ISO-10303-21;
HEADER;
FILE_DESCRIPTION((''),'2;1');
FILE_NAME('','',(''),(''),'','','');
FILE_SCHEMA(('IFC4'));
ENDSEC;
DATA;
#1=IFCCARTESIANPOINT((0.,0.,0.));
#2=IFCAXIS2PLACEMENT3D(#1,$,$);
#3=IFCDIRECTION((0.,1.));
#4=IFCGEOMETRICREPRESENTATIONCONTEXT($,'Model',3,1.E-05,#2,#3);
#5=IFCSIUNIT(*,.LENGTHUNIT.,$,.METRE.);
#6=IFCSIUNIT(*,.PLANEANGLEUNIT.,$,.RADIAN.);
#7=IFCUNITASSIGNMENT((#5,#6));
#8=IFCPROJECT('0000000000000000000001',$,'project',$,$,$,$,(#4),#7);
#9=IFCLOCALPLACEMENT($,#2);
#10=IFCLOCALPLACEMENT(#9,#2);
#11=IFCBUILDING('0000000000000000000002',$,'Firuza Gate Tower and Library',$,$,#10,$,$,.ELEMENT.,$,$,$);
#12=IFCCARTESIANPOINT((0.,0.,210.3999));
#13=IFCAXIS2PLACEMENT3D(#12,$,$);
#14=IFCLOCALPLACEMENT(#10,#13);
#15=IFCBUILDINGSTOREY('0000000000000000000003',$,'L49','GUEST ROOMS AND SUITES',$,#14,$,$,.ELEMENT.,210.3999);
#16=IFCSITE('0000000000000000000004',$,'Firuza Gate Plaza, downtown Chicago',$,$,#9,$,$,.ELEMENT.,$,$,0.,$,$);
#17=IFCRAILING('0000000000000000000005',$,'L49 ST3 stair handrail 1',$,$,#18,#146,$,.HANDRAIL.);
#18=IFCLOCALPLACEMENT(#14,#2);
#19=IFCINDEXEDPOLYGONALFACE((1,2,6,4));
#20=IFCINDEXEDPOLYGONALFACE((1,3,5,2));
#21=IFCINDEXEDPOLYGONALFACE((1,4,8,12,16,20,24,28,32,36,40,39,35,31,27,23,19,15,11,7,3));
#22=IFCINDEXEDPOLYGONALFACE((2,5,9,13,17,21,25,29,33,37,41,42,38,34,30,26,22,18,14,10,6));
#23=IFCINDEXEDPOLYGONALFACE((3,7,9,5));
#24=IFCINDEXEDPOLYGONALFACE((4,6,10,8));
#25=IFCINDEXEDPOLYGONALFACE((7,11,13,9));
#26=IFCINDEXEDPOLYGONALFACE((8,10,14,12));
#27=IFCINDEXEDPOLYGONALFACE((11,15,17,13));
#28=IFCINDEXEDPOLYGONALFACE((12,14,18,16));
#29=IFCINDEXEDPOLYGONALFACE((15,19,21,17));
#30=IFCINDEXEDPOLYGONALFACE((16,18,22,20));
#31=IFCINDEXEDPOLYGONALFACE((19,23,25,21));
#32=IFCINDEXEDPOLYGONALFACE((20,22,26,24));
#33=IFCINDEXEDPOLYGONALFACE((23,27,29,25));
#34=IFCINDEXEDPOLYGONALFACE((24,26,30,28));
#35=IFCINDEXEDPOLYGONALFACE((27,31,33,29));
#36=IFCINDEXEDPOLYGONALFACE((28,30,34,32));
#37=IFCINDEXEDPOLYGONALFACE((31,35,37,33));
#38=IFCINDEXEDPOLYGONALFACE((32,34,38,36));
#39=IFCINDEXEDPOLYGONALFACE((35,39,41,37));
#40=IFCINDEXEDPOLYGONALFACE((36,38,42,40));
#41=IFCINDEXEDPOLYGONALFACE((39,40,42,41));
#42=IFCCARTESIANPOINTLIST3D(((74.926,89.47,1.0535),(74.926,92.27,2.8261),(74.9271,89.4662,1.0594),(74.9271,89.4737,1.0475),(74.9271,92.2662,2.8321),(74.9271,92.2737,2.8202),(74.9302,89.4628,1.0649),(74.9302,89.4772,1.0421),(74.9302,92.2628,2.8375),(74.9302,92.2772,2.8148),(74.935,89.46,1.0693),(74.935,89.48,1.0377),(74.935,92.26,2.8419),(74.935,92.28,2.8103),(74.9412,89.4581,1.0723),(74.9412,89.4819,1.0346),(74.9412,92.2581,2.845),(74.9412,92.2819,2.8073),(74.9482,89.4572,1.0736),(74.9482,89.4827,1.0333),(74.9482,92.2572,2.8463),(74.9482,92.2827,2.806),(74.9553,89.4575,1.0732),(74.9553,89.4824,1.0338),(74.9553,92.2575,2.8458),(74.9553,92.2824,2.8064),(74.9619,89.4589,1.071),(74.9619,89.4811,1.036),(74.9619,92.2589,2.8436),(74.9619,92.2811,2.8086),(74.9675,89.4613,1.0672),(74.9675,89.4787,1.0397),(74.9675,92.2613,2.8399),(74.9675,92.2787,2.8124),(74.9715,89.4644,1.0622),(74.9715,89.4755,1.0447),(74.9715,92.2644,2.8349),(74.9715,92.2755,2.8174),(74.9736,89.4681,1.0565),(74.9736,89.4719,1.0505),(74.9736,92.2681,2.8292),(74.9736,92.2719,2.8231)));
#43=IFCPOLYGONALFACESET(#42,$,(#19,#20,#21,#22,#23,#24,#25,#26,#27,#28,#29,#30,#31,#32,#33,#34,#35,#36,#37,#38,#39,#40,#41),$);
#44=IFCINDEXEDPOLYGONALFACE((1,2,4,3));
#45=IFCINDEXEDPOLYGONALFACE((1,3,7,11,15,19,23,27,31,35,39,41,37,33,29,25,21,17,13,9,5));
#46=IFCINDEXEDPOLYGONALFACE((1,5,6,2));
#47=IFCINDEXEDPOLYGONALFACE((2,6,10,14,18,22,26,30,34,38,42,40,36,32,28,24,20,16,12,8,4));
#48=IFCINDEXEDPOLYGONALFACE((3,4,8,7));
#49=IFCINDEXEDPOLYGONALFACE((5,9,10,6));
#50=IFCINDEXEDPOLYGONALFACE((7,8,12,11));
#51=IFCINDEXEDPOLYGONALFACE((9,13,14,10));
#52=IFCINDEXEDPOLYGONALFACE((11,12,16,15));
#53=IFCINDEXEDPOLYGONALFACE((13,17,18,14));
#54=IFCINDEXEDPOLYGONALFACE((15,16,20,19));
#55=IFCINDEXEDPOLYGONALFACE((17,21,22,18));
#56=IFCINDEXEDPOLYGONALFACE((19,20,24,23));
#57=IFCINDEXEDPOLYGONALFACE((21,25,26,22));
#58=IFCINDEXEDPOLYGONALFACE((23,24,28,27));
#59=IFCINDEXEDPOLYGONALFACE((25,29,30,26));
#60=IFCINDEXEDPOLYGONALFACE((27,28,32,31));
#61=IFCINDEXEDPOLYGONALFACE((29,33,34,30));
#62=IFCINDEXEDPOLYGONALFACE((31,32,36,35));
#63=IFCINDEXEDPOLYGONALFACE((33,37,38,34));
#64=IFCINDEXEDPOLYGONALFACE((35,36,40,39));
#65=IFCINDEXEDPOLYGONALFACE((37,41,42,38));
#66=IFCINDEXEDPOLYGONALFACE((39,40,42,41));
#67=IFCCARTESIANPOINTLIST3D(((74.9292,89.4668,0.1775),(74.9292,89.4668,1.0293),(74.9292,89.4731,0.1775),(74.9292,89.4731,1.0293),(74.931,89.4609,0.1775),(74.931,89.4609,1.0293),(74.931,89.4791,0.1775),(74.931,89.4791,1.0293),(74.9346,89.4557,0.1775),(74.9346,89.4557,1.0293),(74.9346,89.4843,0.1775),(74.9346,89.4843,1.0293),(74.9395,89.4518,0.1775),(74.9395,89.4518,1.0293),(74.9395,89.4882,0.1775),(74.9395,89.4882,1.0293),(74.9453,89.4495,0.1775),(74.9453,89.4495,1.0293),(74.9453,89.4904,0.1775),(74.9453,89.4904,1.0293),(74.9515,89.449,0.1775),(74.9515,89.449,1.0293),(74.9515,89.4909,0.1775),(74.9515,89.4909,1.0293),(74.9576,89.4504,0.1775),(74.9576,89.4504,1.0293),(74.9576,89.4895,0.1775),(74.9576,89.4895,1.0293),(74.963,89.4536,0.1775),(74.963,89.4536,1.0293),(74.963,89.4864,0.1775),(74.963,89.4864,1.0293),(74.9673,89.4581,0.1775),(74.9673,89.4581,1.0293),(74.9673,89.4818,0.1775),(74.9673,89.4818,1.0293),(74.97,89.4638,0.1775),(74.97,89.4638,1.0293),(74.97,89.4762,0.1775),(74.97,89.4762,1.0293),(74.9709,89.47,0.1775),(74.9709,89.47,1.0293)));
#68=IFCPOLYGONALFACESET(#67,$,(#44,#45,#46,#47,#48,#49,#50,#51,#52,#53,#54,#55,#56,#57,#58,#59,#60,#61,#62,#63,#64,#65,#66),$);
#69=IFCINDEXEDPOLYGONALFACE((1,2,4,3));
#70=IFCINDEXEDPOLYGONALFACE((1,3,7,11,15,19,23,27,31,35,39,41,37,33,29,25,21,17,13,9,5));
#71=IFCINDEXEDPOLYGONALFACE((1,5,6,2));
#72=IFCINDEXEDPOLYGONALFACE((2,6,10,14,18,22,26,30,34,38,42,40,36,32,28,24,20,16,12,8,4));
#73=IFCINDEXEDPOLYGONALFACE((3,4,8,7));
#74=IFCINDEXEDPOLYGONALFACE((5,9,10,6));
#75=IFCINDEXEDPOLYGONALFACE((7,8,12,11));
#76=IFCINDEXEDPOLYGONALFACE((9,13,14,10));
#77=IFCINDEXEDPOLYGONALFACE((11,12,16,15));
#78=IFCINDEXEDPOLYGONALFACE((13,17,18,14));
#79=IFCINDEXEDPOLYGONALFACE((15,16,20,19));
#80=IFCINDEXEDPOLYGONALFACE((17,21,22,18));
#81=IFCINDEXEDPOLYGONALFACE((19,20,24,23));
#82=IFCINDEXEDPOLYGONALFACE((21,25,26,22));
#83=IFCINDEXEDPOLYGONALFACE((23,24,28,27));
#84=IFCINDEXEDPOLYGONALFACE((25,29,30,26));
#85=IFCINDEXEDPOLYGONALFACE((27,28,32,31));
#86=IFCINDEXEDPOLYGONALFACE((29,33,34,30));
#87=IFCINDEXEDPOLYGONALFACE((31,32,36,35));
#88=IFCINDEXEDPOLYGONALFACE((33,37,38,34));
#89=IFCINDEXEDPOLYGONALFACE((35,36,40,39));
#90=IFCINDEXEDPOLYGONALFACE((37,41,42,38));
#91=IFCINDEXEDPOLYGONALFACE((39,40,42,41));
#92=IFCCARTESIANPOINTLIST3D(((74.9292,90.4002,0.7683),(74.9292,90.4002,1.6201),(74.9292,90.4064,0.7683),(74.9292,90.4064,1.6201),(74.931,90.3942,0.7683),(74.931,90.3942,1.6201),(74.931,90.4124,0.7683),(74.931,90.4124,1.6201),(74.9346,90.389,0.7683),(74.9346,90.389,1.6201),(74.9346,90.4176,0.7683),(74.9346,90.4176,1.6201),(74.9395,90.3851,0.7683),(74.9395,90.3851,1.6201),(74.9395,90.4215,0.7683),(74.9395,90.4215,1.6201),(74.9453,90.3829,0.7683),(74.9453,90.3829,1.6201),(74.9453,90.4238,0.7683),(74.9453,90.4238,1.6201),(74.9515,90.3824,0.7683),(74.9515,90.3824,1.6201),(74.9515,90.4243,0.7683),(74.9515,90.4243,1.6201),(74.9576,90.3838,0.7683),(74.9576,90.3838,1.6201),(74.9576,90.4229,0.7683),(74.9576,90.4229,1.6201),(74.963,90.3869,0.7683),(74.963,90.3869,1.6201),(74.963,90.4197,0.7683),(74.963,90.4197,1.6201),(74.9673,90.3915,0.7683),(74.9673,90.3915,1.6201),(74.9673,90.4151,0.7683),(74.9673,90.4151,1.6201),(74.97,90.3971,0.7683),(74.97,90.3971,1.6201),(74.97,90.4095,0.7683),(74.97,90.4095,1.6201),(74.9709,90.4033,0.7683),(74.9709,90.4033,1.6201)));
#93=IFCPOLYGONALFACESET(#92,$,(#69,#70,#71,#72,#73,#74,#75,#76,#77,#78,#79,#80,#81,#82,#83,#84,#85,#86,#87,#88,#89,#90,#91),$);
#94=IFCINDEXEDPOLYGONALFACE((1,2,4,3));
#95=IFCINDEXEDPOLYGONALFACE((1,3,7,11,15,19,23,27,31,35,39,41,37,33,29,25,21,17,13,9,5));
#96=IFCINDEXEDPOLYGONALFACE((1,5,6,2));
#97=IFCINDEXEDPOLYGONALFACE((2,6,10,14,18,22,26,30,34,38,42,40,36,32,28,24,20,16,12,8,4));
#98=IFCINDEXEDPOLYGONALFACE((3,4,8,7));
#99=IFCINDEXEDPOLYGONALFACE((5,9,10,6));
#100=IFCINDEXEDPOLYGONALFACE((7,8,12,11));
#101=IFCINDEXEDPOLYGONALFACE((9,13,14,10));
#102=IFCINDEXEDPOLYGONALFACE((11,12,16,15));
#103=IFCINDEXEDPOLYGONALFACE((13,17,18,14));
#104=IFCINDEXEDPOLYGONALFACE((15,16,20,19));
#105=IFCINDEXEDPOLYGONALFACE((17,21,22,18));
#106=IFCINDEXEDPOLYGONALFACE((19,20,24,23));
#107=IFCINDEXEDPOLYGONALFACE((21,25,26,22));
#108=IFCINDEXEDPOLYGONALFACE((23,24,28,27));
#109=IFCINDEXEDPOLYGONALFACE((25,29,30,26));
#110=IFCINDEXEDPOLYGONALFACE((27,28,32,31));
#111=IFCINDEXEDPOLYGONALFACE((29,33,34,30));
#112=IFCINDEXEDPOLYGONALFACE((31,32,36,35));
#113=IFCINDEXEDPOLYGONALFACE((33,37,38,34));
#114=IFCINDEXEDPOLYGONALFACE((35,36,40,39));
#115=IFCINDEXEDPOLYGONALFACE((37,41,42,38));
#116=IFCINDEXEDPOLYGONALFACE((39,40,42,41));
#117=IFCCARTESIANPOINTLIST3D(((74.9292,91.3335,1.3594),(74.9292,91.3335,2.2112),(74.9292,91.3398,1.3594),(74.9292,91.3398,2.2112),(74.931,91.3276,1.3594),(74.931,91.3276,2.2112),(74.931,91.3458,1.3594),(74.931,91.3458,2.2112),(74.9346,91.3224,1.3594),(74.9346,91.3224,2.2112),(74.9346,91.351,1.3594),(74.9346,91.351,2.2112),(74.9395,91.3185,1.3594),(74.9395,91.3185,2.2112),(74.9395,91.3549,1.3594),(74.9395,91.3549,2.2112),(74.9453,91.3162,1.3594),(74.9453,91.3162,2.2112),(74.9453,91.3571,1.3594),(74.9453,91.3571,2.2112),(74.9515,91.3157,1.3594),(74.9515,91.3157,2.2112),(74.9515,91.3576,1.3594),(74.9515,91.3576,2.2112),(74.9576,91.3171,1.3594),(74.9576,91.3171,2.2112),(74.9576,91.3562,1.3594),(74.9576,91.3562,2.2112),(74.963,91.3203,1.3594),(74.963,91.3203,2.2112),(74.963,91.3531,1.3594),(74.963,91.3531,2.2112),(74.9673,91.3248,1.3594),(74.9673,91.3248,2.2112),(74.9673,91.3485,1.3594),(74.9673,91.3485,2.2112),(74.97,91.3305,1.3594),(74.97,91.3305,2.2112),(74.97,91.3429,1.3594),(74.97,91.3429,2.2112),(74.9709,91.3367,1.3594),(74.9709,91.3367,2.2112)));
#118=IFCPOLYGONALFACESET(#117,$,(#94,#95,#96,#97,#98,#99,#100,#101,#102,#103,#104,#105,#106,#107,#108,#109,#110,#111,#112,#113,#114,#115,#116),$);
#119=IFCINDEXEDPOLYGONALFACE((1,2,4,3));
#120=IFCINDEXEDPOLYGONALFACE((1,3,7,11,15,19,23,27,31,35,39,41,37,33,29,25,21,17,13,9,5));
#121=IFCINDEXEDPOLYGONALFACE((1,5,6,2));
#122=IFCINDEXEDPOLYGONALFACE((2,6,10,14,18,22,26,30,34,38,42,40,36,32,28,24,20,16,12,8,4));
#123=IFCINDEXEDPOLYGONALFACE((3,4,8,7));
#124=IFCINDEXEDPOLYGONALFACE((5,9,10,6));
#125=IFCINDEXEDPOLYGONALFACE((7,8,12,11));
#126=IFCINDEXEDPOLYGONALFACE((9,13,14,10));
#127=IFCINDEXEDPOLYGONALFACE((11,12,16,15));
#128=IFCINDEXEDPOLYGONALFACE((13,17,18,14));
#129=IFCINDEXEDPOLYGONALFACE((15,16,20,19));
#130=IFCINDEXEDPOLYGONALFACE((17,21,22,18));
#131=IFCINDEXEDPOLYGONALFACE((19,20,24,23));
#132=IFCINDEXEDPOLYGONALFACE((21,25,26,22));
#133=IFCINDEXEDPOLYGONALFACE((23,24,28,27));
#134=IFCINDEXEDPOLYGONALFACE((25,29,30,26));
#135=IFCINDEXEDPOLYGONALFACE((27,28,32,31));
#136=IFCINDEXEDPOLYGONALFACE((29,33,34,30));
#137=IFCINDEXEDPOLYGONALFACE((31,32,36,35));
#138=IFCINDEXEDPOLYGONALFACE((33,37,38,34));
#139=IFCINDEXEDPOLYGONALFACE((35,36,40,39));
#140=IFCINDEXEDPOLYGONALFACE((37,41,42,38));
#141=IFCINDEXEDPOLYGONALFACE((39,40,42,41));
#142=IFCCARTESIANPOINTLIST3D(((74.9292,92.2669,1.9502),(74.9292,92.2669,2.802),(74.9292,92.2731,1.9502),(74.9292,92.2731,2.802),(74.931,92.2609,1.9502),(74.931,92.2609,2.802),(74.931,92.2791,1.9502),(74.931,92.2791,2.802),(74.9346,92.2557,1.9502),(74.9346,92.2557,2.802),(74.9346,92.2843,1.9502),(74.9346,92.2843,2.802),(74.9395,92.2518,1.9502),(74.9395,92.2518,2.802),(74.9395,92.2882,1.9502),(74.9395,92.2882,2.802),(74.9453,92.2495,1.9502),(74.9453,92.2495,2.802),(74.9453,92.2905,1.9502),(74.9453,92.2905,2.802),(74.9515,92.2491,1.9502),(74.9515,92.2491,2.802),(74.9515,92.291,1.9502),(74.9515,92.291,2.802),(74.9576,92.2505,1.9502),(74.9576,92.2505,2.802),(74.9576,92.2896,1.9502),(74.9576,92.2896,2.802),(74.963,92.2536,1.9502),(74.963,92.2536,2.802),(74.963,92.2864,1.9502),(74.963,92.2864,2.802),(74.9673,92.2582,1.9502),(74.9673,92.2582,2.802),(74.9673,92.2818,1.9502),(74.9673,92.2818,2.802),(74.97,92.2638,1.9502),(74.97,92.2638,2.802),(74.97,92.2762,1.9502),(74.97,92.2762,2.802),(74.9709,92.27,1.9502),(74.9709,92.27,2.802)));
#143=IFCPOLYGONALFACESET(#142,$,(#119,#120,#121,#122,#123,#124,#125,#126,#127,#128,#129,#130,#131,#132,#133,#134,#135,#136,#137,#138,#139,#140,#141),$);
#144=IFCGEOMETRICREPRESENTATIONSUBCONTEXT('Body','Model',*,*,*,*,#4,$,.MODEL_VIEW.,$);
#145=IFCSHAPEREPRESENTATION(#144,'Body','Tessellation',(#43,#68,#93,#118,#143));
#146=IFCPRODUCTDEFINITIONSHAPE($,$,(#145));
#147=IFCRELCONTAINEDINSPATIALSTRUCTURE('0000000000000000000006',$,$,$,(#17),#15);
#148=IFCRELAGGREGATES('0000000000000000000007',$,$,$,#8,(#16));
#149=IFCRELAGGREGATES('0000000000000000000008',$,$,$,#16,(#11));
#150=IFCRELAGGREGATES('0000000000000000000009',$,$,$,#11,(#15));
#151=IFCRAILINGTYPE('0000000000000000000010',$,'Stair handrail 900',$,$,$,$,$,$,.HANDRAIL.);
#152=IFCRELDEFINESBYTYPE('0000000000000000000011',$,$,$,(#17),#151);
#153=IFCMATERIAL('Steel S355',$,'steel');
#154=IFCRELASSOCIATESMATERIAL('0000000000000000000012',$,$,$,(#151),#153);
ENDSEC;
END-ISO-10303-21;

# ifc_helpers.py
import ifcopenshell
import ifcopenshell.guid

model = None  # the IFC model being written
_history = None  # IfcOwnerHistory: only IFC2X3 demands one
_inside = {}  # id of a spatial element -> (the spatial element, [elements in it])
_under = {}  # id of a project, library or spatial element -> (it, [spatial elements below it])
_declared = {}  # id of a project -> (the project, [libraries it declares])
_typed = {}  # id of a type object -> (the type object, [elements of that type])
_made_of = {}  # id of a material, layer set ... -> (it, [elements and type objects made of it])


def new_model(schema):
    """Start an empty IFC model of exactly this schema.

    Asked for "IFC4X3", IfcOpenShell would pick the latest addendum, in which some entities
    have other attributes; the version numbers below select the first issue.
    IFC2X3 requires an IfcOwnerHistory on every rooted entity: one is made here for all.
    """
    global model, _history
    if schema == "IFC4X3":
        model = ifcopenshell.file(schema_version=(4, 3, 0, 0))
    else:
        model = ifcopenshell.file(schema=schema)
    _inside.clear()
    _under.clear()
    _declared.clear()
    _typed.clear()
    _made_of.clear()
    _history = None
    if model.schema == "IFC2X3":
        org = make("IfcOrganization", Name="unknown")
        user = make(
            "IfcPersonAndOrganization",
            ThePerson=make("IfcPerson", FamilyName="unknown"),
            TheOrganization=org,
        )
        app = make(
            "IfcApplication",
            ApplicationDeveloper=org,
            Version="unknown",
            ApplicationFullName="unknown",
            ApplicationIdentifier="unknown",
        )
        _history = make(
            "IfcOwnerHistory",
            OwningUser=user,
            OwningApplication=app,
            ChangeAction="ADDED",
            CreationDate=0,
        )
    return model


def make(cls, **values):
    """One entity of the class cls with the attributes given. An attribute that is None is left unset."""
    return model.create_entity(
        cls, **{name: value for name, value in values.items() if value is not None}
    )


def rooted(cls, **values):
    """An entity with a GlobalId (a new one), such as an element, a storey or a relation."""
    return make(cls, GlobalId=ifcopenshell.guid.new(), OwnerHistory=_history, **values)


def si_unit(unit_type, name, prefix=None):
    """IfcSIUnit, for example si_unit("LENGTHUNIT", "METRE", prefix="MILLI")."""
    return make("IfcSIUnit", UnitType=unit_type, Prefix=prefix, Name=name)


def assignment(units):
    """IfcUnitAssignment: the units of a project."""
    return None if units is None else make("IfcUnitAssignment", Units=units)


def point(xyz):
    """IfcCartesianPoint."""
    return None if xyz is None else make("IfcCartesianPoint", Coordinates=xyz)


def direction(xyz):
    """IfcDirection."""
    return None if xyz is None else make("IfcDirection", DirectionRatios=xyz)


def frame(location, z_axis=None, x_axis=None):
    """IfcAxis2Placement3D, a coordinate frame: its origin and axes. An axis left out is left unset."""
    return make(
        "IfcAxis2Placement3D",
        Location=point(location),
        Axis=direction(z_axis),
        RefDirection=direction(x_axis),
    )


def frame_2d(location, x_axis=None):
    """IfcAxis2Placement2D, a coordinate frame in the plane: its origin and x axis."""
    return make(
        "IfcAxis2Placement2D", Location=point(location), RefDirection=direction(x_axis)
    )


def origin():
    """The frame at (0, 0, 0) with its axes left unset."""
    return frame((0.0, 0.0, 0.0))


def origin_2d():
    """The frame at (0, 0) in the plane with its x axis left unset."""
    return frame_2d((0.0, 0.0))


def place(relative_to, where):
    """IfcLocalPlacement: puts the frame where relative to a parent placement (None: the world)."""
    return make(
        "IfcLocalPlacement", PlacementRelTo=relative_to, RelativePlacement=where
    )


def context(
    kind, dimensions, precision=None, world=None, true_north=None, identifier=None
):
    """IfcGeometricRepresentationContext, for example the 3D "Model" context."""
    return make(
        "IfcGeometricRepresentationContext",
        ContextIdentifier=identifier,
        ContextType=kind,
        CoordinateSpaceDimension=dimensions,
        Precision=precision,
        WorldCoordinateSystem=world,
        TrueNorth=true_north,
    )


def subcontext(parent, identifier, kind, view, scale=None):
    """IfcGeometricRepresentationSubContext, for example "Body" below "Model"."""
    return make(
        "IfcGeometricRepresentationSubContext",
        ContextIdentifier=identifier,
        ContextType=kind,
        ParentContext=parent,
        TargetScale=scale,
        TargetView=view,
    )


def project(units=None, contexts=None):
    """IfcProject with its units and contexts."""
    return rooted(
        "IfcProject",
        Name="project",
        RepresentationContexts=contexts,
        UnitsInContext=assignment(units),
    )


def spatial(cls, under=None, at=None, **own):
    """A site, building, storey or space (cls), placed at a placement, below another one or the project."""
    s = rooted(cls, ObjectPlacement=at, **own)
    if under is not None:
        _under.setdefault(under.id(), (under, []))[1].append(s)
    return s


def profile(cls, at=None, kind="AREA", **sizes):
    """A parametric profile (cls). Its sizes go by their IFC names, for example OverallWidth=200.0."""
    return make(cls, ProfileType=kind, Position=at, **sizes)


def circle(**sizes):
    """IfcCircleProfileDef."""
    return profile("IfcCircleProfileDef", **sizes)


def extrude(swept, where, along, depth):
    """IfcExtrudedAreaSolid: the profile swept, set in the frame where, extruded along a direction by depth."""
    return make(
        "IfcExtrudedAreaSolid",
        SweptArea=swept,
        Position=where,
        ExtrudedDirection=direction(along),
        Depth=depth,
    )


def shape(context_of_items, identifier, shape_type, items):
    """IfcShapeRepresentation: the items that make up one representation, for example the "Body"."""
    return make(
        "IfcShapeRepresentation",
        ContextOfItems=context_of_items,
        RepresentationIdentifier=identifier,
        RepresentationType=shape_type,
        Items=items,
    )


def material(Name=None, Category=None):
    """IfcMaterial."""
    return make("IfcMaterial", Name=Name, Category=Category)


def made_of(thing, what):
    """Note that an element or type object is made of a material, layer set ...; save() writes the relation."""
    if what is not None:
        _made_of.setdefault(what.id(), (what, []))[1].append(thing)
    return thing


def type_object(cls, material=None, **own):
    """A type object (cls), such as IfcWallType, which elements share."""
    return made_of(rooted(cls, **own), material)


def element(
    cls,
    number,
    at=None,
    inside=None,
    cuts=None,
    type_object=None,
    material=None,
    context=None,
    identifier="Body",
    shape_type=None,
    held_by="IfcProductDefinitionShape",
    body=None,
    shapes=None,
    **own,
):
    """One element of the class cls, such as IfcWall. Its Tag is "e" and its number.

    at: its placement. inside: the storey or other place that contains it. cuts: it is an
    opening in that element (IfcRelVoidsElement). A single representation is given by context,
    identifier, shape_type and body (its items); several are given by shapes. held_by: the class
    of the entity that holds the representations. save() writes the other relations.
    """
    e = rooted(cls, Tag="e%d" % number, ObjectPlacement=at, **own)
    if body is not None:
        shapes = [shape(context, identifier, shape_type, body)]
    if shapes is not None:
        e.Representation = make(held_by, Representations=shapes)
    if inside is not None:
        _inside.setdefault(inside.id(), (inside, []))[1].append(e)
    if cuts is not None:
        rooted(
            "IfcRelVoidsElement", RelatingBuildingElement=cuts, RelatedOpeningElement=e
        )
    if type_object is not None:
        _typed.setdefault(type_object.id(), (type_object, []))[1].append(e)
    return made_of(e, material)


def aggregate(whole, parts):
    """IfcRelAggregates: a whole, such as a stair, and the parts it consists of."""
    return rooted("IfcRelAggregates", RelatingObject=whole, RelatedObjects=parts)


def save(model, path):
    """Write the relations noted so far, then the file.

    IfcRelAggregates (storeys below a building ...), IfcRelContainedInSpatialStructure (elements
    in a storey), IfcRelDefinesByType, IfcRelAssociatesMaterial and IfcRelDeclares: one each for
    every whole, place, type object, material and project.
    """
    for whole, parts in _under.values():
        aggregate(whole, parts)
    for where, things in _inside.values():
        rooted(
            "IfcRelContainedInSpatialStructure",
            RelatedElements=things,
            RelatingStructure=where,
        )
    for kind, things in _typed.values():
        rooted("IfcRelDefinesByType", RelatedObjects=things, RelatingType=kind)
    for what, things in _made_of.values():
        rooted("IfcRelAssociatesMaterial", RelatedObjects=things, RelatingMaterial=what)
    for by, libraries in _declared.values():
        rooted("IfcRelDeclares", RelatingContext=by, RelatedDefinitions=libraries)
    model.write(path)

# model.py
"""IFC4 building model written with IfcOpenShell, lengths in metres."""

from ifc_helpers import new_model, si_unit, direction, frame, origin, origin_2d, place, context, subcontext, project, spatial, circle, extrude, material, type_object, element, save


model = new_model("IFC4")

# Units and contexts
model_context = context("Model", 3, precision=1e-05, world=origin(), true_north=direction((0.0, 1.0)))
body_context = subcontext(model_context, "Body", "Model", "MODEL_VIEW")
ifc_project = project(units=[si_unit("LENGTHUNIT", "METRE"), si_unit("PLANEANGLEUNIT", "RADIAN")], contexts=[model_context])

# Site, building, storey
site_placement = place(None, origin())
site = spatial("IfcSite", under=ifc_project, at=site_placement, Name="Firuza Gate Plaza, downtown Chicago", CompositionType="ELEMENT", RefElevation=0.0)
building_placement = place(site_placement, origin())
building = spatial("IfcBuilding", under=site, at=building_placement, Name="Firuza Gate Tower and Library", CompositionType="ELEMENT")
storey_placement = place(building_placement, frame((0.0, 0.0, 210.3999)))
storey = spatial("IfcBuildingStorey", under=building, at=storey_placement, Name="L49", Description="GUEST ROOMS AND SUITES", CompositionType="ELEMENT", Elevation=210.3999)

# Railing
ifc_material_1 = material(Name="Steel S355", Category="steel")
railing_type_1 = type_object("IfcRailingType", Name="Stair handrail 900", PredefinedType="HANDRAIL", material=ifc_material_1)
railing_1_placement = place(storey_placement, frame((74.95, 89.47, 0.1775)))
element("IfcRailing", 1, at=railing_1_placement, inside=storey, type_object=railing_type_1, Name="L49 ST3 stair handrail 1", PredefinedType="HANDRAIL", context=body_context, shape_type="SweptSolid", body=[
    extrude(circle(Radius=0.0239, at=origin_2d()), frame((0.0, 0.0, 0.876), z_axis=(0.0, 0.844909, 0.53491), x_axis=(-1.0, 0.0, 0.0)), (0.0, 0.0, 1.0), 3.314),
    extrude(circle(Radius=0.021, at=origin_2d()), origin(), (0.0, 0.0, 1.0), 0.8518),
    extrude(circle(Radius=0.021, at=origin_2d()), frame((0.0, 0.9333, 0.5908)), (0.0, 0.0, 1.0), 0.8518),
    extrude(circle(Radius=0.021, at=origin_2d()), frame((0.0, 1.8667, 1.1819)), (0.0, 0.0, 1.0), 0.8518),
    extrude(circle(Radius=0.021, at=origin_2d()), frame((0.0, 2.8, 1.7727)), (0.0, 0.0, 1.0), 0.8518),
])

save(model, "model.ifc")
